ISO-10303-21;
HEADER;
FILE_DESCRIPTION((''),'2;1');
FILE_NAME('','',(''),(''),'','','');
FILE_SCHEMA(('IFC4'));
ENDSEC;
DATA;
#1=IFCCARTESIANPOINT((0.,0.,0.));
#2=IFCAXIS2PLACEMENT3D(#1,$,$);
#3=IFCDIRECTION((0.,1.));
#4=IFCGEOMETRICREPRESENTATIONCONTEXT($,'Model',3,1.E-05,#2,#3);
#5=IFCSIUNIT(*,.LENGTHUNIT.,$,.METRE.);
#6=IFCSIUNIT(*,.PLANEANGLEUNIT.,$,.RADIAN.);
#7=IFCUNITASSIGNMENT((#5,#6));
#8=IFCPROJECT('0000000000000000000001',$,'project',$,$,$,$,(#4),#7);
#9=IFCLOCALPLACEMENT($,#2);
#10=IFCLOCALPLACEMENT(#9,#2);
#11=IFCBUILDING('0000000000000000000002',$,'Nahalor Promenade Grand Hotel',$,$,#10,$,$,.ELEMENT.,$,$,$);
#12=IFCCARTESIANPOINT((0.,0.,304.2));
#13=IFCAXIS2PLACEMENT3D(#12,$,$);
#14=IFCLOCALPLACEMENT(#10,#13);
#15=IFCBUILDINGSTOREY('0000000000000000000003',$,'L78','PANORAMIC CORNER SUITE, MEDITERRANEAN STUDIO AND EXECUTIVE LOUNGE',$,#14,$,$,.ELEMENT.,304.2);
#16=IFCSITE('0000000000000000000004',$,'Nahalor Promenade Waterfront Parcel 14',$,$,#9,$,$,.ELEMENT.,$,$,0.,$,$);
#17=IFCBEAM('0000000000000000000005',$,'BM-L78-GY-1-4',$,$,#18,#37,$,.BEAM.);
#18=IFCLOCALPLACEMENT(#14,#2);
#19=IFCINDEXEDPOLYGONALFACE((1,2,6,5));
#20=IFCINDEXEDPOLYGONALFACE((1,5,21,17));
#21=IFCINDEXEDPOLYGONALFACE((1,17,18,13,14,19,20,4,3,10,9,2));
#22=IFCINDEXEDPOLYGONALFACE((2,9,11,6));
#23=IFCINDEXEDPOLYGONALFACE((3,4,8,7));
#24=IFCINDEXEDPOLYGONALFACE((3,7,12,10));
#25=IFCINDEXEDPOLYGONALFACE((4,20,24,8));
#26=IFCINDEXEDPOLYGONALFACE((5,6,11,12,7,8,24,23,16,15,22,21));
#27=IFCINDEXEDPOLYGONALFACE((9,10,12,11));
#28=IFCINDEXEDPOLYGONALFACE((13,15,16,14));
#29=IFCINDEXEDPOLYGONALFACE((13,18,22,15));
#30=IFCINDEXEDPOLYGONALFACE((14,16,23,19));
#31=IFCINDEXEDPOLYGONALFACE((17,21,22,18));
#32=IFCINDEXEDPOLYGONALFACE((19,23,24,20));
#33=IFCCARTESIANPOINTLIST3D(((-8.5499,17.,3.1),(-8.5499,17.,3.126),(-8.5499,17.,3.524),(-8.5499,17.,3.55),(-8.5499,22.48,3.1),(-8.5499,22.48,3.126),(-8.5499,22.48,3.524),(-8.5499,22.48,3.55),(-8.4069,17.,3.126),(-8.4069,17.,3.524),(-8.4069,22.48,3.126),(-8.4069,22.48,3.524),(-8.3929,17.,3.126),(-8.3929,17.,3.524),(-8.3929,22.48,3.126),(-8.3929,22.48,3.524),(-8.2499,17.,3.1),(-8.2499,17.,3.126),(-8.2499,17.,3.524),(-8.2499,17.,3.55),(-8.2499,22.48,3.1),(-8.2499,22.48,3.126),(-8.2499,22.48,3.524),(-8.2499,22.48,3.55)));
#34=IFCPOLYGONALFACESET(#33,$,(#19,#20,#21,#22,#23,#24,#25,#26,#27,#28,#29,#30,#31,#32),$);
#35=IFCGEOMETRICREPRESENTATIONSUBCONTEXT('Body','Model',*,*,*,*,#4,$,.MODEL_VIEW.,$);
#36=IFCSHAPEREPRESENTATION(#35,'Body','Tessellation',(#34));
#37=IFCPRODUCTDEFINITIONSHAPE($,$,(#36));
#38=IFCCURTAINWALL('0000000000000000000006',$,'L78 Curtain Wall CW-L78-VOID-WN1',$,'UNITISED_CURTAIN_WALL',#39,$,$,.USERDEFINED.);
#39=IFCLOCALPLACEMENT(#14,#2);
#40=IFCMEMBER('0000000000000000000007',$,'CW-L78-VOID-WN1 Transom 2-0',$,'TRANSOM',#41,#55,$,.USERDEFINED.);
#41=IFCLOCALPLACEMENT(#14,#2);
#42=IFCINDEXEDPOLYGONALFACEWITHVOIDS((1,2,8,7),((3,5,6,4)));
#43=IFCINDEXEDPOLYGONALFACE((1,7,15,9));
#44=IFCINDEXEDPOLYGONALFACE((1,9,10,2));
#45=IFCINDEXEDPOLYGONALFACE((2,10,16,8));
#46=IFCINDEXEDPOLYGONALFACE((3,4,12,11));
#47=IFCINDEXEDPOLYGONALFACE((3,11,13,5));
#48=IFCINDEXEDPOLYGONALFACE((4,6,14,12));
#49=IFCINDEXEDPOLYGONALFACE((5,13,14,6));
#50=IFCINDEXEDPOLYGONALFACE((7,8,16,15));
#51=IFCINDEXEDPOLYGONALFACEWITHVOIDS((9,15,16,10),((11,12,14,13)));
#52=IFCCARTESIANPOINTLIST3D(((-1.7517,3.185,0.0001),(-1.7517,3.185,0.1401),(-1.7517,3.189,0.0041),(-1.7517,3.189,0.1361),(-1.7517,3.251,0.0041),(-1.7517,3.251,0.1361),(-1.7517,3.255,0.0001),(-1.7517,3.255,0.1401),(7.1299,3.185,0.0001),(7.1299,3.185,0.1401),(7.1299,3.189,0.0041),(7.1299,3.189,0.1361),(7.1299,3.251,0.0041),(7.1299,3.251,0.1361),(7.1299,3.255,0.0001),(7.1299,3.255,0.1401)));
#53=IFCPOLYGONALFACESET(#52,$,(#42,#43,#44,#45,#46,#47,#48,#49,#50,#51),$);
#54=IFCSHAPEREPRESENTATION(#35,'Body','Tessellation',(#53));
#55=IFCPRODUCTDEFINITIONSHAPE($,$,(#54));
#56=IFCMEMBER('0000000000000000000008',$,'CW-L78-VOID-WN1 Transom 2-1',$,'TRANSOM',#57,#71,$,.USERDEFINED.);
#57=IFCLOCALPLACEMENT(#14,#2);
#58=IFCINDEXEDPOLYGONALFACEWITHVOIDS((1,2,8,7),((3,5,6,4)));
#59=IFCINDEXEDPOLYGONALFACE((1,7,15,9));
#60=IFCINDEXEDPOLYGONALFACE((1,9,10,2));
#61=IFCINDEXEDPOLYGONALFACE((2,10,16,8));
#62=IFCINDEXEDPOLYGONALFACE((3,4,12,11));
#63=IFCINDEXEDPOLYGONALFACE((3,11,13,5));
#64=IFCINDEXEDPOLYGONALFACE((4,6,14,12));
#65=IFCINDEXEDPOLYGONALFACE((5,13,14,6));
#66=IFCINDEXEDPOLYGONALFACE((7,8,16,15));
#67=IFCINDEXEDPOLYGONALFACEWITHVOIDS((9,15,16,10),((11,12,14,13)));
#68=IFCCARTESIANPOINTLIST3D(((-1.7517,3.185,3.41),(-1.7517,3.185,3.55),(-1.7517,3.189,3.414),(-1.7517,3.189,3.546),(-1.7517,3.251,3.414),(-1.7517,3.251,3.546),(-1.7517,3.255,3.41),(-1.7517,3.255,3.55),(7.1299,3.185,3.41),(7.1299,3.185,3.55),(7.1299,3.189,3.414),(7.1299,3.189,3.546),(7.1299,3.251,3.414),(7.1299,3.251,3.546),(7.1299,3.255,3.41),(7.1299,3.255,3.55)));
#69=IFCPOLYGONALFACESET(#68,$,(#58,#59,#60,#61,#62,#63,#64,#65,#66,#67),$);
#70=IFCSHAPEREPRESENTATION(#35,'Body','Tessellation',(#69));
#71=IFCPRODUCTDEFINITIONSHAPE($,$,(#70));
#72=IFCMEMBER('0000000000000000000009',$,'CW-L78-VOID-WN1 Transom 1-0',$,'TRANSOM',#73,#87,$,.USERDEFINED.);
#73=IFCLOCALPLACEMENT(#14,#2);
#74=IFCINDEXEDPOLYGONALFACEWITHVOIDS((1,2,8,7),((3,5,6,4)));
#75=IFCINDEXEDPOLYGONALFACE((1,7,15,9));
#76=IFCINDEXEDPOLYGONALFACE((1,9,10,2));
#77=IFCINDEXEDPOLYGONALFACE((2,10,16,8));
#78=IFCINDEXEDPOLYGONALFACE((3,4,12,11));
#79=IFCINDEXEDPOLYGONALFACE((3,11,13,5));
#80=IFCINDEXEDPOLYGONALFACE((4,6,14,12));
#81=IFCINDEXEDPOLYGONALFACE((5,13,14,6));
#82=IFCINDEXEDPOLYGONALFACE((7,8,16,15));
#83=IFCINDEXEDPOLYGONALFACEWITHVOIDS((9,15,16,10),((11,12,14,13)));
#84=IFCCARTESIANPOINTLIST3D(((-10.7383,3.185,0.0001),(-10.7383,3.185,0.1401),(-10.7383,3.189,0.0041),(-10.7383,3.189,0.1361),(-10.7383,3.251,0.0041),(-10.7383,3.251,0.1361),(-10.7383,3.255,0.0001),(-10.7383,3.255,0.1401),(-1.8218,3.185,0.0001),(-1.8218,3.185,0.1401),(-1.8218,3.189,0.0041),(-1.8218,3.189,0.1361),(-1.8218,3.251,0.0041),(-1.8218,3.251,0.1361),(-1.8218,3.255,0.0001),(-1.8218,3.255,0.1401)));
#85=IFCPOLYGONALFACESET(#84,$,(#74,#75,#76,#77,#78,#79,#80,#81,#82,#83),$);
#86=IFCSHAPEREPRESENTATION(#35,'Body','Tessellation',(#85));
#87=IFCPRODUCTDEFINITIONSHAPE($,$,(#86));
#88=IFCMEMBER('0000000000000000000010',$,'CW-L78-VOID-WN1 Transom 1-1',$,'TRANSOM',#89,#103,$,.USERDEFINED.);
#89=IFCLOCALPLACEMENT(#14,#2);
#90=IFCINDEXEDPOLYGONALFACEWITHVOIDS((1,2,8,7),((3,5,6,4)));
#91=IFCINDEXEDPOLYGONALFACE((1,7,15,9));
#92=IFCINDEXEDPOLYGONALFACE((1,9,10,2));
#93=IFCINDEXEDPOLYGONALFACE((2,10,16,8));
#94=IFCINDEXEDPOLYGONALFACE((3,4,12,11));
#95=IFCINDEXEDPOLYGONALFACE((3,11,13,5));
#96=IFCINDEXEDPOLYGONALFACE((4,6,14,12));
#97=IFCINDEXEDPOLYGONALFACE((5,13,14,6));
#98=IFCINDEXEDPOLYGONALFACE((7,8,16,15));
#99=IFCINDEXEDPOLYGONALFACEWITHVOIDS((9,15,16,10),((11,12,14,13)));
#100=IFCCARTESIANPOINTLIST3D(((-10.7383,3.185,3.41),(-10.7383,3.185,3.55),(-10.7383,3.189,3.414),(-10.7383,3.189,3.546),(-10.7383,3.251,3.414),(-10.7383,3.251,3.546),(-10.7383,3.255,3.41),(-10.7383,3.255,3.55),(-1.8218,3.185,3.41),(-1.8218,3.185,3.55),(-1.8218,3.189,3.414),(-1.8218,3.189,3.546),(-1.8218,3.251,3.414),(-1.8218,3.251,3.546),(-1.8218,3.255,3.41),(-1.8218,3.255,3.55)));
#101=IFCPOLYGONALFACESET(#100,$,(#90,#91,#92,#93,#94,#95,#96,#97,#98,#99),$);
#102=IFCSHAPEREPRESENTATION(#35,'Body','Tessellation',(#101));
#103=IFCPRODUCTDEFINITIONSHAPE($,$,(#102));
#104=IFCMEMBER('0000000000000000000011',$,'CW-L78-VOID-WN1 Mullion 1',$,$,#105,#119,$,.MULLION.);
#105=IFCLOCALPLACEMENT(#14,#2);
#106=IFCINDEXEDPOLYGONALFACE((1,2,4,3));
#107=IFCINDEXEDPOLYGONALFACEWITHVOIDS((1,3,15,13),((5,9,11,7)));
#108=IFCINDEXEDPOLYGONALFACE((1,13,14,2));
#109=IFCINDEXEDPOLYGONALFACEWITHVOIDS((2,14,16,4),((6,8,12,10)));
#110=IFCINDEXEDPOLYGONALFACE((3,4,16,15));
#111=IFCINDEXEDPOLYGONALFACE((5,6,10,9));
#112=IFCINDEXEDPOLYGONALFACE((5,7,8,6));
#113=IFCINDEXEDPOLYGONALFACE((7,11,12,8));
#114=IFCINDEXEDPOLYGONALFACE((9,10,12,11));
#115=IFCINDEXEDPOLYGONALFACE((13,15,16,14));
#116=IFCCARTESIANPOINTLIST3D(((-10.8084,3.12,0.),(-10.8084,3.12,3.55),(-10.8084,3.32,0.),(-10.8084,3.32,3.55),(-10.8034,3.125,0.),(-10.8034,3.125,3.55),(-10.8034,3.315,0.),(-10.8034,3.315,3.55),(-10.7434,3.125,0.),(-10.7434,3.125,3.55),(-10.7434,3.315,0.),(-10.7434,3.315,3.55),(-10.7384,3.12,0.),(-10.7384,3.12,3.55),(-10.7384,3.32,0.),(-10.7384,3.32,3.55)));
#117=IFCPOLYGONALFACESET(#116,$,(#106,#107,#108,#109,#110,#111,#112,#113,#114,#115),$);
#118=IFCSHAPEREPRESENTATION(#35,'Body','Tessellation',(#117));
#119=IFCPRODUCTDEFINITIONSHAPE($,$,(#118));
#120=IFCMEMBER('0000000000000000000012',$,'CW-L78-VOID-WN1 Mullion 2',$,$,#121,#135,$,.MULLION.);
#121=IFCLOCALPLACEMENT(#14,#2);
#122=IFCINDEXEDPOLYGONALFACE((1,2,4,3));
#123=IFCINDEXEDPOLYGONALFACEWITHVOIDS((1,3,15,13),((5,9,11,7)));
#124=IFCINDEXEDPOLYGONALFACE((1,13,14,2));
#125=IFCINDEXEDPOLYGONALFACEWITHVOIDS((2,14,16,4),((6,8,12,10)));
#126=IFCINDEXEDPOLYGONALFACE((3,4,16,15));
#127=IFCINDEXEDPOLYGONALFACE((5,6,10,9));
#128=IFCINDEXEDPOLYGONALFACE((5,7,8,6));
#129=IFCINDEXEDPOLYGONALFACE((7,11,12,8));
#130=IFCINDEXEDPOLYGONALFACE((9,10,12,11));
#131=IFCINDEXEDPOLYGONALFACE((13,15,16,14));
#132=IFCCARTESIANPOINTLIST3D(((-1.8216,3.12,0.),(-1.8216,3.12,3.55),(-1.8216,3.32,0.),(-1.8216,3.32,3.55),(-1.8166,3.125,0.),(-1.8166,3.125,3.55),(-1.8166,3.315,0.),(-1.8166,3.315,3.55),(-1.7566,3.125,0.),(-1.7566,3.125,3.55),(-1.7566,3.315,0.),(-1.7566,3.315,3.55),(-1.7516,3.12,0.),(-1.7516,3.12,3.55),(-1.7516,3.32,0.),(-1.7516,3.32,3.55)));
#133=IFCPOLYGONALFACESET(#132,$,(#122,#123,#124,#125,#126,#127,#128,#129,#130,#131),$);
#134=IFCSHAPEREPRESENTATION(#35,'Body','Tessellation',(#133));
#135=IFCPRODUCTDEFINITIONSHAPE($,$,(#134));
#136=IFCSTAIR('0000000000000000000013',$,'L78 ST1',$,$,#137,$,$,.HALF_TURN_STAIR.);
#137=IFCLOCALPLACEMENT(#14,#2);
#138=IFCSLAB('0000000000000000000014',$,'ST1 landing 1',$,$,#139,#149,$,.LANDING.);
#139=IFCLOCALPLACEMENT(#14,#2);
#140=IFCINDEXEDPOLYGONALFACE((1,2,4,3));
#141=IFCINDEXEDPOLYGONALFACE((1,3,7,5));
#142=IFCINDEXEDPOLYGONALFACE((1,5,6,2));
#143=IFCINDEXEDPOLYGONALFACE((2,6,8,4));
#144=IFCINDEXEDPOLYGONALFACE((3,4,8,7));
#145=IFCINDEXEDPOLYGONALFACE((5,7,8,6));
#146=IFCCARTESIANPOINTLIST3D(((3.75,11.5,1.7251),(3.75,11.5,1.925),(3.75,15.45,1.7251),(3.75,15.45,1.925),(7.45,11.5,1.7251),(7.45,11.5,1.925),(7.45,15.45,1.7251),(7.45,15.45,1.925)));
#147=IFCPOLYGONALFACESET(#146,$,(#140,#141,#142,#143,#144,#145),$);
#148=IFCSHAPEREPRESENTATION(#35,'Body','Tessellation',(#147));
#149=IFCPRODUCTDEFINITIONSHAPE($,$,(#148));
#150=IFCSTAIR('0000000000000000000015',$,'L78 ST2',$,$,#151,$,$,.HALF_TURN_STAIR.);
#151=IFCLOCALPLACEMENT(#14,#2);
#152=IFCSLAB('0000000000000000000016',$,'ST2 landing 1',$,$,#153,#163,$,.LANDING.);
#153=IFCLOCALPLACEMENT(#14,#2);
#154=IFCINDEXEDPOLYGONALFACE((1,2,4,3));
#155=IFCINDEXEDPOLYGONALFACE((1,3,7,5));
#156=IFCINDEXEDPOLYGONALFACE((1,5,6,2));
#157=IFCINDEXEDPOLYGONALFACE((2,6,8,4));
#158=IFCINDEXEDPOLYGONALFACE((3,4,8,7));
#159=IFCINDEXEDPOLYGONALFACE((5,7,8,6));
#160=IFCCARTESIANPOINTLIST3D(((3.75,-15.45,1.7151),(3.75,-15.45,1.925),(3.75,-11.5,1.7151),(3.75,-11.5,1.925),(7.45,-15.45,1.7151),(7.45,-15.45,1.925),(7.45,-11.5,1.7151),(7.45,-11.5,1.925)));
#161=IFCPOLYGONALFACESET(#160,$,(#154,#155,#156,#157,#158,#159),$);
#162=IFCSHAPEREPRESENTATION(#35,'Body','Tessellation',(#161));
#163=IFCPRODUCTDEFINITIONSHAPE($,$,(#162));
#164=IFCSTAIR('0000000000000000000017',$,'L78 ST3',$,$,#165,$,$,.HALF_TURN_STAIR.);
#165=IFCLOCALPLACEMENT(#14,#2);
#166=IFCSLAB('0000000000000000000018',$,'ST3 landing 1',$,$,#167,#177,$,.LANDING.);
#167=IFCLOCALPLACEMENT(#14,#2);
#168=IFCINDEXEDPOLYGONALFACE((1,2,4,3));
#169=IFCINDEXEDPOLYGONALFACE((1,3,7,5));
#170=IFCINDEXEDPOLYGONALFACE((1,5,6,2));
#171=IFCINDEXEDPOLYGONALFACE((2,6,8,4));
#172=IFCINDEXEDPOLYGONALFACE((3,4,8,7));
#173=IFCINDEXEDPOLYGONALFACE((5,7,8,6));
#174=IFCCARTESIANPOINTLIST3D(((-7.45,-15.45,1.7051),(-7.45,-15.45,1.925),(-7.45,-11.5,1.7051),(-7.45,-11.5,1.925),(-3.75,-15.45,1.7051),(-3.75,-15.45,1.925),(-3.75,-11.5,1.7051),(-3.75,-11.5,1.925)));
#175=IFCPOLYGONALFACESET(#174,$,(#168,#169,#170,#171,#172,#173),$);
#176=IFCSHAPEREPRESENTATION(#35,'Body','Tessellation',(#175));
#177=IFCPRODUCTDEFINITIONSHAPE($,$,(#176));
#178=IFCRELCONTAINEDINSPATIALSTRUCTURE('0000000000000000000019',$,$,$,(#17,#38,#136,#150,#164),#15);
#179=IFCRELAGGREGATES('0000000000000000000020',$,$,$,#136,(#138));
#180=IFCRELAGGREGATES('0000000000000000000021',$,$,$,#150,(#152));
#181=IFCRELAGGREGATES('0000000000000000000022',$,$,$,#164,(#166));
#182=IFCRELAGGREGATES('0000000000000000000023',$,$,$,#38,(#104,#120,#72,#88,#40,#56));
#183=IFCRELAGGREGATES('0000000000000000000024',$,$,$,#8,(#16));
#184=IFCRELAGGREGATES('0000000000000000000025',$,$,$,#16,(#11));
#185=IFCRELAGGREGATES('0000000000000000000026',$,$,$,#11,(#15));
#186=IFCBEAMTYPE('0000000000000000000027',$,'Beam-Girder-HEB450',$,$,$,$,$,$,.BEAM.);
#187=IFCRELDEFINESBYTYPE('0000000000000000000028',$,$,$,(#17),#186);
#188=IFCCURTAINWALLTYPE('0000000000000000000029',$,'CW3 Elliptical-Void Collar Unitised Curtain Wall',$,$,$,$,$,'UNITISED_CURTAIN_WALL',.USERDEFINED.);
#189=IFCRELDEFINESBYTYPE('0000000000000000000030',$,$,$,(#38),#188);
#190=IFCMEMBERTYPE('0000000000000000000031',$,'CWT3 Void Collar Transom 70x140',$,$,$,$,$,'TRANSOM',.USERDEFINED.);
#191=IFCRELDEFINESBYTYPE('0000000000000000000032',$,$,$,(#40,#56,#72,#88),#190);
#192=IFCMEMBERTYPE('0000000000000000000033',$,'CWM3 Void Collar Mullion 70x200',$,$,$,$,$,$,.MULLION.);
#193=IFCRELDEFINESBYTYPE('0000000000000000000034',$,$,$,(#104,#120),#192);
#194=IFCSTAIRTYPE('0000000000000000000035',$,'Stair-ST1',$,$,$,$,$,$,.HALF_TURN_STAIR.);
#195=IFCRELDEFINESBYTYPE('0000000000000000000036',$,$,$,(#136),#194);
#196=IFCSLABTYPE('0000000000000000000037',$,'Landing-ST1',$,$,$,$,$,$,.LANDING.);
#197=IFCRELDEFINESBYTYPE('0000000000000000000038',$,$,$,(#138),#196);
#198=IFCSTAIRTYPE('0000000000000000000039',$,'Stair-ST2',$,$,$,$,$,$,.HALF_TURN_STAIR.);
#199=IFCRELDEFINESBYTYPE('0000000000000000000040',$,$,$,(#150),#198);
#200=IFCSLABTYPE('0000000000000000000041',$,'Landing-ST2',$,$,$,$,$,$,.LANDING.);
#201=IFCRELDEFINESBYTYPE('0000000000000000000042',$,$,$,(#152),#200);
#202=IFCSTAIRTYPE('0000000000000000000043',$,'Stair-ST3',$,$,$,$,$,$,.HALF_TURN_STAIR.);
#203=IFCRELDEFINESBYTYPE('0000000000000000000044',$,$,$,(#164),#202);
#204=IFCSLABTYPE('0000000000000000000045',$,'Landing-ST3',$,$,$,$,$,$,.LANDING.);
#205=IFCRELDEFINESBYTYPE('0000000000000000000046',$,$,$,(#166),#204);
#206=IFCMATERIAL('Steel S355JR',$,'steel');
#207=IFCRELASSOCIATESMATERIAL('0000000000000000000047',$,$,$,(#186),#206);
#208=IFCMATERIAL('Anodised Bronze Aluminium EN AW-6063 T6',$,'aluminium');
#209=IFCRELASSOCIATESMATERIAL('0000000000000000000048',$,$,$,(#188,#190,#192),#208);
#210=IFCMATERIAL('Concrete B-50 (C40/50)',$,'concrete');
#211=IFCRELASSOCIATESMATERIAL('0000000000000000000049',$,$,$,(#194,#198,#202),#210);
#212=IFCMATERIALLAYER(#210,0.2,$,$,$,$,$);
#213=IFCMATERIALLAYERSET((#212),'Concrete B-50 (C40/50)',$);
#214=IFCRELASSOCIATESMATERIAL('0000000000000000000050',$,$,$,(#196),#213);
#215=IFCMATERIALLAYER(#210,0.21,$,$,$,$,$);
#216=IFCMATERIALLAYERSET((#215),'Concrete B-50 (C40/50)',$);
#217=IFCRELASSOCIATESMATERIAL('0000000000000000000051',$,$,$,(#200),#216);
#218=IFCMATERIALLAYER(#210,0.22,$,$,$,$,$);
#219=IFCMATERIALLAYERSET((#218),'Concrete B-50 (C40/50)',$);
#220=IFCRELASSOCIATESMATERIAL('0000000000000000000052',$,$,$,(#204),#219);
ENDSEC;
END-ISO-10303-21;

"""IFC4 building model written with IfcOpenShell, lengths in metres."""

from ifc_helpers import new_model, si_unit, direction, frame, origin, origin_2d, place, context, subcontext, project, spatial, polyline, hollow_rectangle, i_section, outline, extrude, source, transform, mapped, material, layer, layer_set, material_profile, profile_set, type_object, element, aggregate, save


model = new_model("IFC4")

# Units and contexts
model_context = context("Model", 3, precision=1e-05, world=origin(), true_north=direction((0.0, 1.0)))
body_context = subcontext(model_context, "Body", "Model", "MODEL_VIEW")
ifc_project = project(units=[si_unit("LENGTHUNIT", "METRE"), si_unit("PLANEANGLEUNIT", "RADIAN")], contexts=[model_context])

# Site, building, storey
site_placement = place(None, origin())
site = spatial("IfcSite", under=ifc_project, at=site_placement, Name="Nahalor Promenade Waterfront Parcel 14", CompositionType="ELEMENT", RefElevation=0.0)
building_placement = place(site_placement, origin())
building = spatial("IfcBuilding", under=site, at=building_placement, Name="Nahalor Promenade Grand Hotel", CompositionType="ELEMENT")
storey_placement = place(building_placement, frame((0.0, 0.0, 304.2)))
storey = spatial("IfcBuildingStorey", under=building, at=storey_placement, Name="L78", Description="PANORAMIC CORNER SUITE, MEDITERRANEAN STUDIO AND EXECUTIVE LOUNGE", CompositionType="ELEMENT", Elevation=304.2)

# Shared definitions
ifc_material_1 = material(Name="Concrete B-50 (C40/50)", Category="concrete")

# Beam
ifc_material_2 = material(Name="Steel S355JR", Category="steel")
ifc_material_profile_1 = material_profile(ifc_material_2, i_section(OverallWidth=0.3, OverallDepth=0.45, WebThickness=0.014, FlangeThickness=0.026, at=origin_2d()), Name="HEB 450")
ifc_profile_set_1 = profile_set([ifc_material_profile_1], Name="Steel S355JR")
beam_type_1 = type_object("IfcBeamType", Name="Beam-Girder-HEB450", PredefinedType="BEAM", material=ifc_profile_set_1)
shared_shape_1 = source(origin(), body_context, "Body", "SweptSolid", [
    extrude(i_section(OverallWidth=0.3, OverallDepth=0.45, WebThickness=0.014, FlangeThickness=0.026, at=origin_2d()), origin(), (0.0, 0.0, 1.0), 5.48),
])
beam_1_placement = place(storey_placement, frame((-8.3999, 17.0, 3.325), z_axis=(0.0, 1.0, 0.0), x_axis=(-1.0, 0.0, 0.0)))
element("IfcBeam", 1, at=beam_1_placement, inside=storey, type_object=beam_type_1, Name="BM-L78-GY-1-4", PredefinedType="BEAM", context=body_context, shape_type="MappedRepresentation", body=[
    mapped(shared_shape_1, transform((0.0, 0.0, 0.0), scale=1.0)),
])

# Curtain wall, members
ifc_material_3 = material(Name="Anodised Bronze Aluminium EN AW-6063 T6", Category="aluminium")
curtain_wall_type = type_object("IfcCurtainWallType", Name="CW3 Elliptical-Void Collar Unitised Curtain Wall", ElementType="UNITISED_CURTAIN_WALL", PredefinedType="USERDEFINED", material=ifc_material_3)
curtain_wall_placement = place(storey_placement, origin())
curtain_wall = element("IfcCurtainWall", 2, at=curtain_wall_placement, inside=storey, type_object=curtain_wall_type, Name="L78 Curtain Wall CW-L78-VOID-WN1", ObjectType="UNITISED_CURTAIN_WALL", PredefinedType="USERDEFINED")
ifc_material_profile_2 = material_profile(ifc_material_3, hollow_rectangle(XDim=0.07, YDim=0.14, WallThickness=0.004, at=origin_2d()), Name="CWT 70x140x4")
ifc_profile_set_2 = profile_set([ifc_material_profile_2], Name="Anodised Bronze Aluminium EN AW-6063 T6")
member_type_1 = type_object("IfcMemberType", Name="CWT3 Void Collar Transom 70x140", ElementType="TRANSOM", PredefinedType="USERDEFINED", material=ifc_profile_set_2)
shared_shape_2 = source(origin(), body_context, "Body", "SweptSolid", [
    extrude(hollow_rectangle(XDim=0.07, YDim=0.14, WallThickness=0.004, at=origin_2d()), origin(), (0.0, 0.0, 1.0), 8.8816),
])
member_1_placement = place(storey_placement, frame((-1.7517, 3.22, 0.0701), z_axis=(1.0, 0.0, 0.0), x_axis=(0.0, 1.0, 0.0)))
member_1 = element("IfcMember", 3, at=member_1_placement, type_object=member_type_1, Name="CW-L78-VOID-WN1 Transom 2-0", ObjectType="TRANSOM", PredefinedType="USERDEFINED", context=body_context, shape_type="MappedRepresentation", body=[
    mapped(shared_shape_2, transform((0.0, 0.0, 0.0), scale=1.0)),
])
member_2_placement = place(storey_placement, frame((-1.7517, 3.22, 3.48), z_axis=(1.0, 0.0, 0.0), x_axis=(0.0, 1.0, 0.0)))
member_2 = element("IfcMember", 4, at=member_2_placement, type_object=member_type_1, Name="CW-L78-VOID-WN1 Transom 2-1", ObjectType="TRANSOM", PredefinedType="USERDEFINED", context=body_context, shape_type="MappedRepresentation", body=[
    mapped(shared_shape_2, transform((0.0, 0.0, 0.0), scale=1.0)),
])
shared_shape_3 = source(origin(), body_context, "Body", "SweptSolid", [
    extrude(hollow_rectangle(XDim=0.07, YDim=0.14, WallThickness=0.004, at=origin_2d()), origin(), (0.0, 0.0, 1.0), 8.9165),
])
member_3_placement = place(storey_placement, frame((-10.7383, 3.22, 0.0701), z_axis=(1.0, 0.0, 0.0), x_axis=(0.0, 1.0, 0.0)))
member_3 = element("IfcMember", 5, at=member_3_placement, type_object=member_type_1, Name="CW-L78-VOID-WN1 Transom 1-0", ObjectType="TRANSOM", PredefinedType="USERDEFINED", context=body_context, shape_type="MappedRepresentation", body=[
    mapped(shared_shape_3, transform((0.0, 0.0, 0.0), scale=1.0)),
])
member_4_placement = place(storey_placement, frame((-10.7383, 3.22, 3.48), z_axis=(1.0, 0.0, 0.0), x_axis=(0.0, 1.0, 0.0)))
member_4 = element("IfcMember", 6, at=member_4_placement, type_object=member_type_1, Name="CW-L78-VOID-WN1 Transom 1-1", ObjectType="TRANSOM", PredefinedType="USERDEFINED", context=body_context, shape_type="MappedRepresentation", body=[
    mapped(shared_shape_3, transform((0.0, 0.0, 0.0), scale=1.0)),
])
ifc_material_profile_3 = material_profile(ifc_material_3, hollow_rectangle(XDim=0.07, YDim=0.2, WallThickness=0.005, at=origin_2d()), Name="CWM 70x200x5")
ifc_profile_set_3 = profile_set([ifc_material_profile_3], Name="Anodised Bronze Aluminium EN AW-6063 T6")
member_type_2 = type_object("IfcMemberType", Name="CWM3 Void Collar Mullion 70x200", PredefinedType="MULLION", material=ifc_profile_set_3)
shared_shape_4 = source(origin(), body_context, "Body", "SweptSolid", [
    extrude(hollow_rectangle(XDim=0.07, YDim=0.2, WallThickness=0.005, at=origin_2d()), origin(), (0.0, 0.0, 1.0), 3.55),
])
member_5_placement = place(storey_placement, frame((-10.7734, 3.22, 0.0), z_axis=(0.0, 0.0, 1.0), x_axis=(1.0, 0.0, 0.0)))
member_5 = element("IfcMember", 7, at=member_5_placement, type_object=member_type_2, Name="CW-L78-VOID-WN1 Mullion 1", PredefinedType="MULLION", context=body_context, shape_type="MappedRepresentation", body=[
    mapped(shared_shape_4, transform((0.0, 0.0, 0.0), scale=1.0)),
])
member_6_placement = place(storey_placement, frame((-1.7866, 3.22, 0.0), z_axis=(0.0, 0.0, 1.0), x_axis=(1.0, 0.0, 0.0)))
member_6 = element("IfcMember", 8, at=member_6_placement, type_object=member_type_2, Name="CW-L78-VOID-WN1 Mullion 2", PredefinedType="MULLION", context=body_context, shape_type="MappedRepresentation", body=[
    mapped(shared_shape_4, transform((0.0, 0.0, 0.0), scale=1.0)),
])

# Stairs, slabs
stair_type_1 = type_object("IfcStairType", Name="Stair-ST1", PredefinedType="HALF_TURN_STAIR", material=ifc_material_1)
stair_1_placement = place(storey_placement, origin())
stair_1 = element("IfcStair", 9, at=stair_1_placement, inside=storey, type_object=stair_type_1, Name="L78 ST1", PredefinedType="HALF_TURN_STAIR")
ifc_layer_1 = layer(ifc_material_1, 0.2)
ifc_layer_set_1 = layer_set([ifc_layer_1], Name="Concrete B-50 (C40/50)")
slab_type_1 = type_object("IfcSlabType", Name="Landing-ST1", PredefinedType="LANDING", material=ifc_layer_set_1)
slab_1_placement = place(storey_placement, frame((0.0, 0.0, 1.7251)))
slab_1 = element("IfcSlab", 10, at=slab_1_placement, type_object=slab_type_1, Name="ST1 landing 1", PredefinedType="LANDING", context=body_context, shape_type="SweptSolid", body=[
    extrude(outline(polyline([(7.45, 11.5), (7.45, 15.45), (3.75, 15.45), (3.75, 11.5), (7.45, 11.5)])), origin(), (0.0, 0.0, 1.0), 0.2),
])
aggregate(stair_1, [slab_1])
stair_type_2 = type_object("IfcStairType", Name="Stair-ST2", PredefinedType="HALF_TURN_STAIR", material=ifc_material_1)
stair_2_placement = place(storey_placement, origin())
stair_2 = element("IfcStair", 11, at=stair_2_placement, inside=storey, type_object=stair_type_2, Name="L78 ST2", PredefinedType="HALF_TURN_STAIR")
ifc_layer_2 = layer(ifc_material_1, 0.21)
ifc_layer_set_2 = layer_set([ifc_layer_2], Name="Concrete B-50 (C40/50)")
slab_type_2 = type_object("IfcSlabType", Name="Landing-ST2", PredefinedType="LANDING", material=ifc_layer_set_2)
slab_2_placement = place(storey_placement, frame((0.0, 0.0, 1.7151)))
slab_2 = element("IfcSlab", 12, at=slab_2_placement, type_object=slab_type_2, Name="ST2 landing 1", PredefinedType="LANDING", context=body_context, shape_type="SweptSolid", body=[
    extrude(outline(polyline([(3.75, -11.5), (3.75, -15.45), (7.45, -15.45), (7.45, -11.5), (3.75, -11.5)])), origin(), (0.0, 0.0, 1.0), 0.21),
])
aggregate(stair_2, [slab_2])
stair_type_3 = type_object("IfcStairType", Name="Stair-ST3", PredefinedType="HALF_TURN_STAIR", material=ifc_material_1)
stair_3_placement = place(storey_placement, origin())
stair_3 = element("IfcStair", 13, at=stair_3_placement, inside=storey, type_object=stair_type_3, Name="L78 ST3", PredefinedType="HALF_TURN_STAIR")
ifc_layer_3 = layer(ifc_material_1, 0.22)
ifc_layer_set_3 = layer_set([ifc_layer_3], Name="Concrete B-50 (C40/50)")
slab_type_3 = type_object("IfcSlabType", Name="Landing-ST3", PredefinedType="LANDING", material=ifc_layer_set_3)
slab_3_placement = place(storey_placement, frame((0.0, 0.0, 1.7051)))
slab_3 = element("IfcSlab", 14, at=slab_3_placement, type_object=slab_type_3, Name="ST3 landing 1", PredefinedType="LANDING", context=body_context, shape_type="SweptSolid", body=[
    extrude(outline(polyline([(-7.45, -11.5), (-7.45, -15.45), (-3.75, -15.45), (-3.75, -11.5), (-7.45, -11.5)])), origin(), (0.0, 0.0, 1.0), 0.22),
])
aggregate(stair_3, [slab_3])

aggregate(curtain_wall, [member_5, member_6, member_3, member_4, member_1, member_2])

save(model, "model.ifc")
